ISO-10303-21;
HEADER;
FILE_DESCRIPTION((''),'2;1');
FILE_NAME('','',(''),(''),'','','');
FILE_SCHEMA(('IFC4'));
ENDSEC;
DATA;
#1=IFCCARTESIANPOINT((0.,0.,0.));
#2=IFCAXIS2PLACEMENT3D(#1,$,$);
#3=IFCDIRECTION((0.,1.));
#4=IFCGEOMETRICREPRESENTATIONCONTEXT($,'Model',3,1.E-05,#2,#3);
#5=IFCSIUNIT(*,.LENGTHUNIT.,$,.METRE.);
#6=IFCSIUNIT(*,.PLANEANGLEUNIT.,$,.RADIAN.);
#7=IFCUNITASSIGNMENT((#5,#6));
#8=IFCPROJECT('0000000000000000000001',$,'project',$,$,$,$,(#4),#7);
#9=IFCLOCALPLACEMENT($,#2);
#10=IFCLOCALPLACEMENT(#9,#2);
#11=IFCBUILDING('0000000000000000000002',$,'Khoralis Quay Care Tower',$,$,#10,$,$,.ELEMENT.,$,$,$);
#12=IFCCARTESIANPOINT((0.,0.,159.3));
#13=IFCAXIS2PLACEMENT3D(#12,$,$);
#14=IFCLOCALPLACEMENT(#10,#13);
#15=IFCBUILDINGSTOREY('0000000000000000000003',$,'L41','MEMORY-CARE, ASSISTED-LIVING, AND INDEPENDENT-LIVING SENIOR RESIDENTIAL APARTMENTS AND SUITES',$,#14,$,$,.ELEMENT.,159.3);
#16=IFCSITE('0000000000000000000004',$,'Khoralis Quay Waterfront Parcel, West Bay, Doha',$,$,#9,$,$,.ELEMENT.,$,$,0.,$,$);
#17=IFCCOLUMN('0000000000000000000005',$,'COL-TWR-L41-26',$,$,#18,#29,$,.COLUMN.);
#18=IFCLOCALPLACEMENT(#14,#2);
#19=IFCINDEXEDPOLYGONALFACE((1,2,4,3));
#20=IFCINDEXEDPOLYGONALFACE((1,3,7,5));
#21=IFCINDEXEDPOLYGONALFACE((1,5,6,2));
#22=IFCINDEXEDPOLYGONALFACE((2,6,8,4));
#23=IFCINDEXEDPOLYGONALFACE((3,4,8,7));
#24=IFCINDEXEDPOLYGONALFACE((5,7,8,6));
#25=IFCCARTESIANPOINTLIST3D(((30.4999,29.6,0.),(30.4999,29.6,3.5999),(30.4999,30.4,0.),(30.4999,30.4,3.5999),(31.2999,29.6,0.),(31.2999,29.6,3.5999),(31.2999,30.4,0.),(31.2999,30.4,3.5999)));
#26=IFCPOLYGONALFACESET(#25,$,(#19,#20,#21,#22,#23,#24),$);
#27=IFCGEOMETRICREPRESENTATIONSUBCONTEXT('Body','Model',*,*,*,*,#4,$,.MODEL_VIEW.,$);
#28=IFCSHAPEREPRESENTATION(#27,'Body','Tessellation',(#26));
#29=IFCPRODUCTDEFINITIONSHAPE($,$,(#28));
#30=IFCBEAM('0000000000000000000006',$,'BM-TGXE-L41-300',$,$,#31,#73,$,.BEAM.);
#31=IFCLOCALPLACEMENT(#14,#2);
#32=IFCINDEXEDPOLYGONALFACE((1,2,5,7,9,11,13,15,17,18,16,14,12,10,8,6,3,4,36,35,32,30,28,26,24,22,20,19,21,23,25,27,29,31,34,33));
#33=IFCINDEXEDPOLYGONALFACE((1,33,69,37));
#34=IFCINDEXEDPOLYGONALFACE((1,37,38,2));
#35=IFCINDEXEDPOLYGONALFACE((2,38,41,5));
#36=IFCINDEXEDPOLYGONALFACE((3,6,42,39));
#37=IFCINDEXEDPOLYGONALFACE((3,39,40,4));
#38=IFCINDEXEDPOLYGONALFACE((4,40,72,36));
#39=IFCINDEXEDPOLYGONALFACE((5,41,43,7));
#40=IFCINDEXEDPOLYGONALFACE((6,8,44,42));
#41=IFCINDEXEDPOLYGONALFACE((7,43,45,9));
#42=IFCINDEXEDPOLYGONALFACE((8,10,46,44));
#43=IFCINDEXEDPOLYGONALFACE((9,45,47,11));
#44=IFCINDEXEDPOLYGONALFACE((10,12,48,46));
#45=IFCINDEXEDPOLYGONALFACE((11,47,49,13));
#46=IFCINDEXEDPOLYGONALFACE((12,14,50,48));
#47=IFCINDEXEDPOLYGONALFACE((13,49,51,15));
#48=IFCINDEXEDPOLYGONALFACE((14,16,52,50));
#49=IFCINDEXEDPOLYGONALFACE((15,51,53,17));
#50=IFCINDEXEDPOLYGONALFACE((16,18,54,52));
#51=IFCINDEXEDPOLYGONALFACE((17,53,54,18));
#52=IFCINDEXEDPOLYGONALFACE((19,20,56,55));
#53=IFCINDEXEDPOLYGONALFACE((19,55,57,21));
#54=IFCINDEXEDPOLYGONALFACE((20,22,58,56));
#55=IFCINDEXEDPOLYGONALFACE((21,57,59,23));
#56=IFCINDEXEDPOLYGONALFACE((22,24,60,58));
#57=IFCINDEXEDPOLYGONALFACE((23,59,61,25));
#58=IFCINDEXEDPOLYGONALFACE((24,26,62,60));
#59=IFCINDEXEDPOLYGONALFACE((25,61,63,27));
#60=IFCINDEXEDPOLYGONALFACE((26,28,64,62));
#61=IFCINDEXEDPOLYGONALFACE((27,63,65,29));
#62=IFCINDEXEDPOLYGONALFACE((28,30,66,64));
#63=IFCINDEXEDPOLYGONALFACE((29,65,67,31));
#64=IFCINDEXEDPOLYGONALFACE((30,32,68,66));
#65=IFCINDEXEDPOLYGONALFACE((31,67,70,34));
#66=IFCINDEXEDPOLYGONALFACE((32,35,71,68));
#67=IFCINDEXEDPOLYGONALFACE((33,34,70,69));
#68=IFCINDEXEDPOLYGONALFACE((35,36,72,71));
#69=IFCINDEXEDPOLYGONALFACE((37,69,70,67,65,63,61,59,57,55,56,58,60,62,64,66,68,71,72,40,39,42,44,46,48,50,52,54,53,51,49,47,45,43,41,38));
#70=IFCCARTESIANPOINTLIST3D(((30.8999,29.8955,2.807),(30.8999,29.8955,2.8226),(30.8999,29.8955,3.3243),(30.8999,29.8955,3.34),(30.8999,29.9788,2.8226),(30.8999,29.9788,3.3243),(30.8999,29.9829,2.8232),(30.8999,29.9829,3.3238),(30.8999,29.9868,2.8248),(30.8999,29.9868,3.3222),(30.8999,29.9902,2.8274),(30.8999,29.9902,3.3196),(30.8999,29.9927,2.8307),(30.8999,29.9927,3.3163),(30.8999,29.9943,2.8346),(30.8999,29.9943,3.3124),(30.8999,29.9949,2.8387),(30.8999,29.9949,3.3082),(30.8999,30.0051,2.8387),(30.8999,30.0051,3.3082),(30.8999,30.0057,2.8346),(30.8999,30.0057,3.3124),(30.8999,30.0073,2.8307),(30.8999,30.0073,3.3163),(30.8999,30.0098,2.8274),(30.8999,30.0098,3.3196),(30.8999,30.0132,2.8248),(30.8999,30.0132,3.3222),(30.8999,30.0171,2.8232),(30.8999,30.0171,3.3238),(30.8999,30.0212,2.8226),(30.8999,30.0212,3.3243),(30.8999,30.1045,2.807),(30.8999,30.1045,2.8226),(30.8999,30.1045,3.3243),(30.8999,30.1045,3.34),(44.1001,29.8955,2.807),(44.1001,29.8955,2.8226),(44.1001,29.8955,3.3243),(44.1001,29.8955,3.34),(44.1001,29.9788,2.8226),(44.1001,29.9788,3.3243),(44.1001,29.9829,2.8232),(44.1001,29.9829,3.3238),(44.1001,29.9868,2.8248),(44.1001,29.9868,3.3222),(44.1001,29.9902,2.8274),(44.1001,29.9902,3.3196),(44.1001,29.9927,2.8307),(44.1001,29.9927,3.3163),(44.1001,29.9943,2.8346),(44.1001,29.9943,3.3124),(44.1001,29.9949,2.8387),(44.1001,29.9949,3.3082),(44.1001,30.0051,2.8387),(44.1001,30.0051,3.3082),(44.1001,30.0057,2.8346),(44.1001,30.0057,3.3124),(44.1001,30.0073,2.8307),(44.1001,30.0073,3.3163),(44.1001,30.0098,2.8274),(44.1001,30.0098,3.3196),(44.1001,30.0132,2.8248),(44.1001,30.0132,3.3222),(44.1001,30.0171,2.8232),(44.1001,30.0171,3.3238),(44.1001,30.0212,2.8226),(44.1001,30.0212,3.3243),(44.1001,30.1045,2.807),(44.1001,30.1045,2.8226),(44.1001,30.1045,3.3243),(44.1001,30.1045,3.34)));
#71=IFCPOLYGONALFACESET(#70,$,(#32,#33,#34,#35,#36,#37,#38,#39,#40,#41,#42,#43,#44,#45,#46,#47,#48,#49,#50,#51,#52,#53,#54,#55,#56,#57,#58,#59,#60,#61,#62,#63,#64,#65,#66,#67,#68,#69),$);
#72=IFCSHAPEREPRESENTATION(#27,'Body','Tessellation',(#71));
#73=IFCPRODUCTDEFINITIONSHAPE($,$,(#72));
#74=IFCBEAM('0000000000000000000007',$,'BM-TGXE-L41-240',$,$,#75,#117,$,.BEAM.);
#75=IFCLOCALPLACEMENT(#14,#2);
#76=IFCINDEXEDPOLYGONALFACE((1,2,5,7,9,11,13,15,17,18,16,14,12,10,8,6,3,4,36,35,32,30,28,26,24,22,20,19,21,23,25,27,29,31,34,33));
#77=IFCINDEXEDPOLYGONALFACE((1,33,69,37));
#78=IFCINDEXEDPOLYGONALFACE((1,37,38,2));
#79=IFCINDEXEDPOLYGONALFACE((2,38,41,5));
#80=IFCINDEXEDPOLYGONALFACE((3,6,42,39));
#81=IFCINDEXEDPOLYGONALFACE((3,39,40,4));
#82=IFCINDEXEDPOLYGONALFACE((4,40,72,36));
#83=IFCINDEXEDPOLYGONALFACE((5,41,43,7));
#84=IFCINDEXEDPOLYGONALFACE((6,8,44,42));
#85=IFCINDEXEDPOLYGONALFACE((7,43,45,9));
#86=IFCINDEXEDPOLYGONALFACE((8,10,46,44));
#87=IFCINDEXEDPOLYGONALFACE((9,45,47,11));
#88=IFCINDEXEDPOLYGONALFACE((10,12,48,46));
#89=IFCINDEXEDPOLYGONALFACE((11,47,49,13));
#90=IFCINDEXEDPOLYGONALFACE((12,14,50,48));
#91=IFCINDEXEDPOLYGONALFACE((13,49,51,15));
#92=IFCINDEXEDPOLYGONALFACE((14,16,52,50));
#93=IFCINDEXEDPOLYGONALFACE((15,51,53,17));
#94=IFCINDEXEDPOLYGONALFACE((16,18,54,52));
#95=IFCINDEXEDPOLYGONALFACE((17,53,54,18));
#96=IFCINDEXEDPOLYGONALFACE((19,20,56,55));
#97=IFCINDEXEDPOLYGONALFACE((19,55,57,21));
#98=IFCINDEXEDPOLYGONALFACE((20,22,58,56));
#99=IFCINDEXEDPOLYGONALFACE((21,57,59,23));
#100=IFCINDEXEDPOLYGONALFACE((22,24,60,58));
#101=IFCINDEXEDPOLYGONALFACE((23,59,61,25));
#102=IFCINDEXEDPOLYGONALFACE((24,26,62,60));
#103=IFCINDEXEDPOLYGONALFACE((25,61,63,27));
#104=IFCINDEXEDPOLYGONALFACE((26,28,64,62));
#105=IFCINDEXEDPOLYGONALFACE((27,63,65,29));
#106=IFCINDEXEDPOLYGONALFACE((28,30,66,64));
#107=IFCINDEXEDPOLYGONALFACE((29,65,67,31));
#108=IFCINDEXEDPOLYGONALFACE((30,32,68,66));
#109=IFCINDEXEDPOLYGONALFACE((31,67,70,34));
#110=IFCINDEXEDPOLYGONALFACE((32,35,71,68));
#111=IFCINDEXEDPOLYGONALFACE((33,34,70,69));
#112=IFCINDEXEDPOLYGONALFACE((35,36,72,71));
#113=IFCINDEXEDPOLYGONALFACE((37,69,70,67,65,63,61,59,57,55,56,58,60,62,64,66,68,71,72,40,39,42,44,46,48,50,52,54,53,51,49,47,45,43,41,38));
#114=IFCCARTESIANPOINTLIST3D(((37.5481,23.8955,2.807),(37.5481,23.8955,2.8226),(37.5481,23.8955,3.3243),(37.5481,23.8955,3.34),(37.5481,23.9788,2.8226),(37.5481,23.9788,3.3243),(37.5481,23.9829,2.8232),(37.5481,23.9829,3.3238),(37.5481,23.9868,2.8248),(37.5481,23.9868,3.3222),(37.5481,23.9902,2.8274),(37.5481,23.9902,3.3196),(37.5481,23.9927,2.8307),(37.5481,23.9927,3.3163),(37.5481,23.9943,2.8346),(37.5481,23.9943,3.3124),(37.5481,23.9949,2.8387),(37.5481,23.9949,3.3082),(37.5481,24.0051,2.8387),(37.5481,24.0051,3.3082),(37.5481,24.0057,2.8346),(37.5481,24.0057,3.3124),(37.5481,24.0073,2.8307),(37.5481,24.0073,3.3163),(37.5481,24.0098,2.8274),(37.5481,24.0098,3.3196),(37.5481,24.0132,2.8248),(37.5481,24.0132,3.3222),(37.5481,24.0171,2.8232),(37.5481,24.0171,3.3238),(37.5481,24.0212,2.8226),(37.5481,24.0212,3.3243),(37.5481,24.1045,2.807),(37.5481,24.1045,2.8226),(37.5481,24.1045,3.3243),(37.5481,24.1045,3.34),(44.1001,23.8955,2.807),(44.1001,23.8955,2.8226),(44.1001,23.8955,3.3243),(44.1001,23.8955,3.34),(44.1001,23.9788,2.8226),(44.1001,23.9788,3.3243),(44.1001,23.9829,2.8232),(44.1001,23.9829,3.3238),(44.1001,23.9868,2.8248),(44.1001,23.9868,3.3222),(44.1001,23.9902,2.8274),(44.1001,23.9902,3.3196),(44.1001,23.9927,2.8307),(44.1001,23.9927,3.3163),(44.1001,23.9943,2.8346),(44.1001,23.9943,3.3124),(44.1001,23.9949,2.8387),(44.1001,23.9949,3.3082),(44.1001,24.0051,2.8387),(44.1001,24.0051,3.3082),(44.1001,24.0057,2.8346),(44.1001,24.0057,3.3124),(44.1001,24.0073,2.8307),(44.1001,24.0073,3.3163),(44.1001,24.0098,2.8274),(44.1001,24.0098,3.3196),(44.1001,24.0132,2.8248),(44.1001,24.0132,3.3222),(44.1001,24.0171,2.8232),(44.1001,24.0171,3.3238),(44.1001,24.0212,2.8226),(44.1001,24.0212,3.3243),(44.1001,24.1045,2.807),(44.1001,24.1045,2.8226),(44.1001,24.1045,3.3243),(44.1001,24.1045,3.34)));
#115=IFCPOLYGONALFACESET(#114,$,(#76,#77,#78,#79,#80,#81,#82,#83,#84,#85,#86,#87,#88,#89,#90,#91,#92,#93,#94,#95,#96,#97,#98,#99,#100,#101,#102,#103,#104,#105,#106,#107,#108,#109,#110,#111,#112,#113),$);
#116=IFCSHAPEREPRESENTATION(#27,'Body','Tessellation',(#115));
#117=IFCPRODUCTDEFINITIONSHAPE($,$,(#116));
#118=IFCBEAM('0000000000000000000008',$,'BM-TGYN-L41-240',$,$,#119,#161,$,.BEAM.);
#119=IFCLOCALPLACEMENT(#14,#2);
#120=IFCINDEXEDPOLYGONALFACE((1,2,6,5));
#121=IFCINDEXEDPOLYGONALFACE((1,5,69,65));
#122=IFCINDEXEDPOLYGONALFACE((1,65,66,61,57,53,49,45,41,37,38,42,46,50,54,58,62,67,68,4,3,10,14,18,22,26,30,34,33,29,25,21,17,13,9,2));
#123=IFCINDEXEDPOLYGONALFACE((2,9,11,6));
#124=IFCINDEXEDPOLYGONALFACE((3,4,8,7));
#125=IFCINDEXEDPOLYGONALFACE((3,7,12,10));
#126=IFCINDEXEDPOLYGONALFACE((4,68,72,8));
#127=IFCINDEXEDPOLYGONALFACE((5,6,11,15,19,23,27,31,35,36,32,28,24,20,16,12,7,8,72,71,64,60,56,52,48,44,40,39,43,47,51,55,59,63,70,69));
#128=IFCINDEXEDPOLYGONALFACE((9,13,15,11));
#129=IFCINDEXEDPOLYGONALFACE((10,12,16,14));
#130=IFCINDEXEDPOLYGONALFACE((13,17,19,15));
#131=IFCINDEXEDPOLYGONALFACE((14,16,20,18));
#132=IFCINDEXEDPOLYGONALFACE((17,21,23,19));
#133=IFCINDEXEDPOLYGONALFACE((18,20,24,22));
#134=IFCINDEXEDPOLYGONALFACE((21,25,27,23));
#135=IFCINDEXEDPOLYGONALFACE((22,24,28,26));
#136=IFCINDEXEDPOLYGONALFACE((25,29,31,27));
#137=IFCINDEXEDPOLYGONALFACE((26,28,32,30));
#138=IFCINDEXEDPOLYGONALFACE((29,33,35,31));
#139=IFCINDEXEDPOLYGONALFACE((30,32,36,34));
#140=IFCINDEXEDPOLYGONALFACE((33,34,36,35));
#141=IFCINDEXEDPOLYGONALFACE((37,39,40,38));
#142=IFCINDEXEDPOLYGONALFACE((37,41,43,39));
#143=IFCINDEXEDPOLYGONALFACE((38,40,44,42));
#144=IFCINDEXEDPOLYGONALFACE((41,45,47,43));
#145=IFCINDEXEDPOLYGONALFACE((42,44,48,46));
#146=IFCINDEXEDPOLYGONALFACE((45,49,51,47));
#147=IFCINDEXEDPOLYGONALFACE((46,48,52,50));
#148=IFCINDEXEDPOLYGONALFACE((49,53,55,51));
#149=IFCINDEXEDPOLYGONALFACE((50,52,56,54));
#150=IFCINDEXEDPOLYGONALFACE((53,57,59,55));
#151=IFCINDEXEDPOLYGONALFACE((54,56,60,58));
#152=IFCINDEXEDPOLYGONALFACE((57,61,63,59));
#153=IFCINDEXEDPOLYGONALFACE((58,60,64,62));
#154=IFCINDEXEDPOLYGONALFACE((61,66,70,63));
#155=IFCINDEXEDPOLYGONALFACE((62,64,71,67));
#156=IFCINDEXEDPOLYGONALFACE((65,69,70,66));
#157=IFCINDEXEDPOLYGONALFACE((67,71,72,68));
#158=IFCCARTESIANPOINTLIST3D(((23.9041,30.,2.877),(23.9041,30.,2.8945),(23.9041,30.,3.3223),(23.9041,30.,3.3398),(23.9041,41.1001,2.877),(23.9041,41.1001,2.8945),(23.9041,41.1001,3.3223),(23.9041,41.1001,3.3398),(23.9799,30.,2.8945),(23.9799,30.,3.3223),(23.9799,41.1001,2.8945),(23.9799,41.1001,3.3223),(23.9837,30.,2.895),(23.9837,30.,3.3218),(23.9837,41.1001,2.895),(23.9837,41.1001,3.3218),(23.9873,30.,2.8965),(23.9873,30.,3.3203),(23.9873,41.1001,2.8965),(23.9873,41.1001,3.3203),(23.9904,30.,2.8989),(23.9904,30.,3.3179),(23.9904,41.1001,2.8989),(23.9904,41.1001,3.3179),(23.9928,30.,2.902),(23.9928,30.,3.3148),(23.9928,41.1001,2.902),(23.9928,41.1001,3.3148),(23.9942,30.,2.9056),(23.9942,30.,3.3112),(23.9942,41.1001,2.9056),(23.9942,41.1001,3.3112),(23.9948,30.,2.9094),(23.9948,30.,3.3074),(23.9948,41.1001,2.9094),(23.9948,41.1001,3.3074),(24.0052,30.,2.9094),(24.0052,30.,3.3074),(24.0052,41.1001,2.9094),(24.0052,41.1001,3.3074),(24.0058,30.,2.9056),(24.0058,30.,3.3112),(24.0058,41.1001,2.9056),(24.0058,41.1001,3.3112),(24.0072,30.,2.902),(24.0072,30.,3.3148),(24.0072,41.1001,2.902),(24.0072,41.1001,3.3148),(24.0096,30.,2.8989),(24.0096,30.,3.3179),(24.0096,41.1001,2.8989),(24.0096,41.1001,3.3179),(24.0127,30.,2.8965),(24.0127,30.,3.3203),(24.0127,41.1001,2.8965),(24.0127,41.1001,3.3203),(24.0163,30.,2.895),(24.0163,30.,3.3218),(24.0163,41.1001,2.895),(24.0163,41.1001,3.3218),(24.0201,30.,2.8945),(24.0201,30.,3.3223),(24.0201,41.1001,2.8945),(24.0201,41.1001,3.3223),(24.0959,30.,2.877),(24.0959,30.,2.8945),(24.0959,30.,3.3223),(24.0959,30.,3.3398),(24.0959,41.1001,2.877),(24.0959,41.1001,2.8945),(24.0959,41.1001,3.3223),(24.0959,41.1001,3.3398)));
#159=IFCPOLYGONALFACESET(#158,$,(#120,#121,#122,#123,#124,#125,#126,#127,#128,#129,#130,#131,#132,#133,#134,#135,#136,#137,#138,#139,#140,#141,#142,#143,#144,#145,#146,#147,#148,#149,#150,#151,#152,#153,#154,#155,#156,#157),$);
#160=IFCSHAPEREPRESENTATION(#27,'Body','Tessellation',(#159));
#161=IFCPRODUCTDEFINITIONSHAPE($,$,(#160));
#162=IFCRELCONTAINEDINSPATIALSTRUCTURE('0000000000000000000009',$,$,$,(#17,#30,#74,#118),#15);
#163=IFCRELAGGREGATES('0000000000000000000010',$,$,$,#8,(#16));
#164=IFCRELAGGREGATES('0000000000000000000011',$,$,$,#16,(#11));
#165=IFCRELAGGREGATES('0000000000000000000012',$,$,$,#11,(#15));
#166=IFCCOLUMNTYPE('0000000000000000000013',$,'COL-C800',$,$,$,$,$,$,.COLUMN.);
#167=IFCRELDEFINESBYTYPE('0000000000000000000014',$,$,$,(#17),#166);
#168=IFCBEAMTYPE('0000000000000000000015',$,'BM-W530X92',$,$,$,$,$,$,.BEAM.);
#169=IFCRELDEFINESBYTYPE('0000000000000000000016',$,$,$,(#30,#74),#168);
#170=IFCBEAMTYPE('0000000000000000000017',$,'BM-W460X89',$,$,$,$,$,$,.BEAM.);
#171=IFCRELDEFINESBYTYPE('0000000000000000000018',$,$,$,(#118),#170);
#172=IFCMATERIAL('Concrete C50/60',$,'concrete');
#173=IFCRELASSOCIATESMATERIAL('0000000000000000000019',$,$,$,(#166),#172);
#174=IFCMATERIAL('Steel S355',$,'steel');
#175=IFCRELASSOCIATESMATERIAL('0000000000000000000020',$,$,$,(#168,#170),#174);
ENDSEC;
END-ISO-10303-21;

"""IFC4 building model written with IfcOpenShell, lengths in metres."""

from ifc_helpers import new_model, si_unit, direction, frame, origin, origin_2d, place, context, subcontext, project, spatial, rectangle, i_section, extrude, source, transform, mapped, material, material_profile, profile_set, type_object, element, save


model = new_model("IFC4")

# Units and contexts
model_context = context("Model", 3, precision=1e-05, world=origin(), true_north=direction((0.0, 1.0)))
body_context = subcontext(model_context, "Body", "Model", "MODEL_VIEW")
ifc_project = project(units=[si_unit("LENGTHUNIT", "METRE"), si_unit("PLANEANGLEUNIT", "RADIAN")], contexts=[model_context])

# Site, building, storey
site_placement = place(None, origin())
site = spatial("IfcSite", under=ifc_project, at=site_placement, Name="Khoralis Quay Waterfront Parcel, West Bay, Doha", CompositionType="ELEMENT", RefElevation=0.0)
building_placement = place(site_placement, origin())
building = spatial("IfcBuilding", under=site, at=building_placement, Name="Khoralis Quay Care Tower", CompositionType="ELEMENT")
storey_placement = place(building_placement, frame((0.0, 0.0, 159.3)))
storey = spatial("IfcBuildingStorey", under=building, at=storey_placement, Name="L41", Description="MEMORY-CARE, ASSISTED-LIVING, AND INDEPENDENT-LIVING SENIOR RESIDENTIAL APARTMENTS AND SUITES", CompositionType="ELEMENT", Elevation=159.3)

# Column
ifc_material_1 = material(Name="Concrete C50/60", Category="concrete")
ifc_material_profile_1 = material_profile(ifc_material_1, rectangle(XDim=0.8, YDim=0.8, at=origin_2d()), Name="Concrete C50/60")
ifc_profile_set_1 = profile_set([ifc_material_profile_1], Name="Concrete C50/60")
column_type = type_object("IfcColumnType", Name="COL-C800", PredefinedType="COLUMN", material=ifc_profile_set_1)
shared_shape_1 = source(origin(), body_context, "Body", "SweptSolid", [
    extrude(rectangle(XDim=0.8, YDim=0.8, at=origin_2d()), origin(), (0.0, 0.0, 1.0), 3.5999),
])
column_placement = place(storey_placement, frame((30.8999, 30.0, 0.0), z_axis=(0.0, 0.0, 1.0), x_axis=(1.0, 0.0, 0.0)))
element("IfcColumn", 1, at=column_placement, inside=storey, type_object=column_type, Name="COL-TWR-L41-26", PredefinedType="COLUMN", context=body_context, shape_type="MappedRepresentation", body=[
    mapped(shared_shape_1, transform((0.0, 0.0, 0.0), scale=1.0)),
])

# Beams
ifc_material_2 = material(Name="Steel S355", Category="steel")
ifc_material_profile_2 = material_profile(ifc_material_2, i_section(OverallWidth=0.209, OverallDepth=0.533, WebThickness=0.0103, FlangeThickness=0.0156, FilletRadius=0.0161, at=origin_2d()), Name="Steel S355")
ifc_profile_set_2 = profile_set([ifc_material_profile_2], Name="Steel S355")
beam_type_1 = type_object("IfcBeamType", Name="BM-W530X92", PredefinedType="BEAM", material=ifc_profile_set_2)
shared_shape_2 = source(origin(), body_context, "Body", "SweptSolid", [
    extrude(i_section(OverallWidth=0.209, OverallDepth=0.533, WebThickness=0.0103, FlangeThickness=0.0156, FilletRadius=0.0161, at=origin_2d()), origin(), (0.0, 0.0, 1.0), 13.2002),
])
beam_1_placement = place(storey_placement, frame((30.8999, 30.0, 3.0735), z_axis=(1.0, 0.0, 0.0), x_axis=(0.0, 1.0, 0.0)))
element("IfcBeam", 2, at=beam_1_placement, inside=storey, type_object=beam_type_1, Name="BM-TGXE-L41-300", PredefinedType="BEAM", context=body_context, shape_type="MappedRepresentation", body=[
    mapped(shared_shape_2, transform((0.0, 0.0, 0.0), scale=1.0)),
])
shared_shape_3 = source(origin(), body_context, "Body", "SweptSolid", [
    extrude(i_section(OverallWidth=0.209, OverallDepth=0.533, WebThickness=0.0103, FlangeThickness=0.0156, FilletRadius=0.0161, at=origin_2d()), origin(), (0.0, 0.0, 1.0), 6.552),
])
beam_2_placement = place(storey_placement, frame((37.5481, 24.0, 3.0735), z_axis=(1.0, 0.0, 0.0), x_axis=(0.0, 1.0, 0.0)))
element("IfcBeam", 3, at=beam_2_placement, inside=storey, type_object=beam_type_1, Name="BM-TGXE-L41-240", PredefinedType="BEAM", context=body_context, shape_type="MappedRepresentation", body=[
    mapped(shared_shape_3, transform((0.0, 0.0, 0.0), scale=1.0)),
])
ifc_material_profile_3 = material_profile(ifc_material_2, i_section(OverallWidth=0.1919, OverallDepth=0.4629, WebThickness=0.0105, FlangeThickness=0.0176, FilletRadius=0.0149, at=origin_2d()), Name="Steel S355")
ifc_profile_set_3 = profile_set([ifc_material_profile_3], Name="Steel S355")
beam_type_2 = type_object("IfcBeamType", Name="BM-W460X89", PredefinedType="BEAM", material=ifc_profile_set_3)
shared_shape_4 = source(origin(), body_context, "Body", "SweptSolid", [
    extrude(i_section(OverallWidth=0.1919, OverallDepth=0.4629, WebThickness=0.0105, FlangeThickness=0.0176, FilletRadius=0.0149, at=origin_2d()), origin(), (0.0, 0.0, 1.0), 11.1001),
])
beam_3_placement = place(storey_placement, frame((24.0, 30.0, 3.1084), z_axis=(0.0, 1.0, 0.0), x_axis=(-1.0, 0.0, 0.0)))
element("IfcBeam", 4, at=beam_3_placement, inside=storey, type_object=beam_type_2, Name="BM-TGYN-L41-240", PredefinedType="BEAM", context=body_context, shape_type="MappedRepresentation", body=[
    mapped(shared_shape_4, transform((0.0, 0.0, 0.0), scale=1.0)),
])

save(model, "model.ifc")
